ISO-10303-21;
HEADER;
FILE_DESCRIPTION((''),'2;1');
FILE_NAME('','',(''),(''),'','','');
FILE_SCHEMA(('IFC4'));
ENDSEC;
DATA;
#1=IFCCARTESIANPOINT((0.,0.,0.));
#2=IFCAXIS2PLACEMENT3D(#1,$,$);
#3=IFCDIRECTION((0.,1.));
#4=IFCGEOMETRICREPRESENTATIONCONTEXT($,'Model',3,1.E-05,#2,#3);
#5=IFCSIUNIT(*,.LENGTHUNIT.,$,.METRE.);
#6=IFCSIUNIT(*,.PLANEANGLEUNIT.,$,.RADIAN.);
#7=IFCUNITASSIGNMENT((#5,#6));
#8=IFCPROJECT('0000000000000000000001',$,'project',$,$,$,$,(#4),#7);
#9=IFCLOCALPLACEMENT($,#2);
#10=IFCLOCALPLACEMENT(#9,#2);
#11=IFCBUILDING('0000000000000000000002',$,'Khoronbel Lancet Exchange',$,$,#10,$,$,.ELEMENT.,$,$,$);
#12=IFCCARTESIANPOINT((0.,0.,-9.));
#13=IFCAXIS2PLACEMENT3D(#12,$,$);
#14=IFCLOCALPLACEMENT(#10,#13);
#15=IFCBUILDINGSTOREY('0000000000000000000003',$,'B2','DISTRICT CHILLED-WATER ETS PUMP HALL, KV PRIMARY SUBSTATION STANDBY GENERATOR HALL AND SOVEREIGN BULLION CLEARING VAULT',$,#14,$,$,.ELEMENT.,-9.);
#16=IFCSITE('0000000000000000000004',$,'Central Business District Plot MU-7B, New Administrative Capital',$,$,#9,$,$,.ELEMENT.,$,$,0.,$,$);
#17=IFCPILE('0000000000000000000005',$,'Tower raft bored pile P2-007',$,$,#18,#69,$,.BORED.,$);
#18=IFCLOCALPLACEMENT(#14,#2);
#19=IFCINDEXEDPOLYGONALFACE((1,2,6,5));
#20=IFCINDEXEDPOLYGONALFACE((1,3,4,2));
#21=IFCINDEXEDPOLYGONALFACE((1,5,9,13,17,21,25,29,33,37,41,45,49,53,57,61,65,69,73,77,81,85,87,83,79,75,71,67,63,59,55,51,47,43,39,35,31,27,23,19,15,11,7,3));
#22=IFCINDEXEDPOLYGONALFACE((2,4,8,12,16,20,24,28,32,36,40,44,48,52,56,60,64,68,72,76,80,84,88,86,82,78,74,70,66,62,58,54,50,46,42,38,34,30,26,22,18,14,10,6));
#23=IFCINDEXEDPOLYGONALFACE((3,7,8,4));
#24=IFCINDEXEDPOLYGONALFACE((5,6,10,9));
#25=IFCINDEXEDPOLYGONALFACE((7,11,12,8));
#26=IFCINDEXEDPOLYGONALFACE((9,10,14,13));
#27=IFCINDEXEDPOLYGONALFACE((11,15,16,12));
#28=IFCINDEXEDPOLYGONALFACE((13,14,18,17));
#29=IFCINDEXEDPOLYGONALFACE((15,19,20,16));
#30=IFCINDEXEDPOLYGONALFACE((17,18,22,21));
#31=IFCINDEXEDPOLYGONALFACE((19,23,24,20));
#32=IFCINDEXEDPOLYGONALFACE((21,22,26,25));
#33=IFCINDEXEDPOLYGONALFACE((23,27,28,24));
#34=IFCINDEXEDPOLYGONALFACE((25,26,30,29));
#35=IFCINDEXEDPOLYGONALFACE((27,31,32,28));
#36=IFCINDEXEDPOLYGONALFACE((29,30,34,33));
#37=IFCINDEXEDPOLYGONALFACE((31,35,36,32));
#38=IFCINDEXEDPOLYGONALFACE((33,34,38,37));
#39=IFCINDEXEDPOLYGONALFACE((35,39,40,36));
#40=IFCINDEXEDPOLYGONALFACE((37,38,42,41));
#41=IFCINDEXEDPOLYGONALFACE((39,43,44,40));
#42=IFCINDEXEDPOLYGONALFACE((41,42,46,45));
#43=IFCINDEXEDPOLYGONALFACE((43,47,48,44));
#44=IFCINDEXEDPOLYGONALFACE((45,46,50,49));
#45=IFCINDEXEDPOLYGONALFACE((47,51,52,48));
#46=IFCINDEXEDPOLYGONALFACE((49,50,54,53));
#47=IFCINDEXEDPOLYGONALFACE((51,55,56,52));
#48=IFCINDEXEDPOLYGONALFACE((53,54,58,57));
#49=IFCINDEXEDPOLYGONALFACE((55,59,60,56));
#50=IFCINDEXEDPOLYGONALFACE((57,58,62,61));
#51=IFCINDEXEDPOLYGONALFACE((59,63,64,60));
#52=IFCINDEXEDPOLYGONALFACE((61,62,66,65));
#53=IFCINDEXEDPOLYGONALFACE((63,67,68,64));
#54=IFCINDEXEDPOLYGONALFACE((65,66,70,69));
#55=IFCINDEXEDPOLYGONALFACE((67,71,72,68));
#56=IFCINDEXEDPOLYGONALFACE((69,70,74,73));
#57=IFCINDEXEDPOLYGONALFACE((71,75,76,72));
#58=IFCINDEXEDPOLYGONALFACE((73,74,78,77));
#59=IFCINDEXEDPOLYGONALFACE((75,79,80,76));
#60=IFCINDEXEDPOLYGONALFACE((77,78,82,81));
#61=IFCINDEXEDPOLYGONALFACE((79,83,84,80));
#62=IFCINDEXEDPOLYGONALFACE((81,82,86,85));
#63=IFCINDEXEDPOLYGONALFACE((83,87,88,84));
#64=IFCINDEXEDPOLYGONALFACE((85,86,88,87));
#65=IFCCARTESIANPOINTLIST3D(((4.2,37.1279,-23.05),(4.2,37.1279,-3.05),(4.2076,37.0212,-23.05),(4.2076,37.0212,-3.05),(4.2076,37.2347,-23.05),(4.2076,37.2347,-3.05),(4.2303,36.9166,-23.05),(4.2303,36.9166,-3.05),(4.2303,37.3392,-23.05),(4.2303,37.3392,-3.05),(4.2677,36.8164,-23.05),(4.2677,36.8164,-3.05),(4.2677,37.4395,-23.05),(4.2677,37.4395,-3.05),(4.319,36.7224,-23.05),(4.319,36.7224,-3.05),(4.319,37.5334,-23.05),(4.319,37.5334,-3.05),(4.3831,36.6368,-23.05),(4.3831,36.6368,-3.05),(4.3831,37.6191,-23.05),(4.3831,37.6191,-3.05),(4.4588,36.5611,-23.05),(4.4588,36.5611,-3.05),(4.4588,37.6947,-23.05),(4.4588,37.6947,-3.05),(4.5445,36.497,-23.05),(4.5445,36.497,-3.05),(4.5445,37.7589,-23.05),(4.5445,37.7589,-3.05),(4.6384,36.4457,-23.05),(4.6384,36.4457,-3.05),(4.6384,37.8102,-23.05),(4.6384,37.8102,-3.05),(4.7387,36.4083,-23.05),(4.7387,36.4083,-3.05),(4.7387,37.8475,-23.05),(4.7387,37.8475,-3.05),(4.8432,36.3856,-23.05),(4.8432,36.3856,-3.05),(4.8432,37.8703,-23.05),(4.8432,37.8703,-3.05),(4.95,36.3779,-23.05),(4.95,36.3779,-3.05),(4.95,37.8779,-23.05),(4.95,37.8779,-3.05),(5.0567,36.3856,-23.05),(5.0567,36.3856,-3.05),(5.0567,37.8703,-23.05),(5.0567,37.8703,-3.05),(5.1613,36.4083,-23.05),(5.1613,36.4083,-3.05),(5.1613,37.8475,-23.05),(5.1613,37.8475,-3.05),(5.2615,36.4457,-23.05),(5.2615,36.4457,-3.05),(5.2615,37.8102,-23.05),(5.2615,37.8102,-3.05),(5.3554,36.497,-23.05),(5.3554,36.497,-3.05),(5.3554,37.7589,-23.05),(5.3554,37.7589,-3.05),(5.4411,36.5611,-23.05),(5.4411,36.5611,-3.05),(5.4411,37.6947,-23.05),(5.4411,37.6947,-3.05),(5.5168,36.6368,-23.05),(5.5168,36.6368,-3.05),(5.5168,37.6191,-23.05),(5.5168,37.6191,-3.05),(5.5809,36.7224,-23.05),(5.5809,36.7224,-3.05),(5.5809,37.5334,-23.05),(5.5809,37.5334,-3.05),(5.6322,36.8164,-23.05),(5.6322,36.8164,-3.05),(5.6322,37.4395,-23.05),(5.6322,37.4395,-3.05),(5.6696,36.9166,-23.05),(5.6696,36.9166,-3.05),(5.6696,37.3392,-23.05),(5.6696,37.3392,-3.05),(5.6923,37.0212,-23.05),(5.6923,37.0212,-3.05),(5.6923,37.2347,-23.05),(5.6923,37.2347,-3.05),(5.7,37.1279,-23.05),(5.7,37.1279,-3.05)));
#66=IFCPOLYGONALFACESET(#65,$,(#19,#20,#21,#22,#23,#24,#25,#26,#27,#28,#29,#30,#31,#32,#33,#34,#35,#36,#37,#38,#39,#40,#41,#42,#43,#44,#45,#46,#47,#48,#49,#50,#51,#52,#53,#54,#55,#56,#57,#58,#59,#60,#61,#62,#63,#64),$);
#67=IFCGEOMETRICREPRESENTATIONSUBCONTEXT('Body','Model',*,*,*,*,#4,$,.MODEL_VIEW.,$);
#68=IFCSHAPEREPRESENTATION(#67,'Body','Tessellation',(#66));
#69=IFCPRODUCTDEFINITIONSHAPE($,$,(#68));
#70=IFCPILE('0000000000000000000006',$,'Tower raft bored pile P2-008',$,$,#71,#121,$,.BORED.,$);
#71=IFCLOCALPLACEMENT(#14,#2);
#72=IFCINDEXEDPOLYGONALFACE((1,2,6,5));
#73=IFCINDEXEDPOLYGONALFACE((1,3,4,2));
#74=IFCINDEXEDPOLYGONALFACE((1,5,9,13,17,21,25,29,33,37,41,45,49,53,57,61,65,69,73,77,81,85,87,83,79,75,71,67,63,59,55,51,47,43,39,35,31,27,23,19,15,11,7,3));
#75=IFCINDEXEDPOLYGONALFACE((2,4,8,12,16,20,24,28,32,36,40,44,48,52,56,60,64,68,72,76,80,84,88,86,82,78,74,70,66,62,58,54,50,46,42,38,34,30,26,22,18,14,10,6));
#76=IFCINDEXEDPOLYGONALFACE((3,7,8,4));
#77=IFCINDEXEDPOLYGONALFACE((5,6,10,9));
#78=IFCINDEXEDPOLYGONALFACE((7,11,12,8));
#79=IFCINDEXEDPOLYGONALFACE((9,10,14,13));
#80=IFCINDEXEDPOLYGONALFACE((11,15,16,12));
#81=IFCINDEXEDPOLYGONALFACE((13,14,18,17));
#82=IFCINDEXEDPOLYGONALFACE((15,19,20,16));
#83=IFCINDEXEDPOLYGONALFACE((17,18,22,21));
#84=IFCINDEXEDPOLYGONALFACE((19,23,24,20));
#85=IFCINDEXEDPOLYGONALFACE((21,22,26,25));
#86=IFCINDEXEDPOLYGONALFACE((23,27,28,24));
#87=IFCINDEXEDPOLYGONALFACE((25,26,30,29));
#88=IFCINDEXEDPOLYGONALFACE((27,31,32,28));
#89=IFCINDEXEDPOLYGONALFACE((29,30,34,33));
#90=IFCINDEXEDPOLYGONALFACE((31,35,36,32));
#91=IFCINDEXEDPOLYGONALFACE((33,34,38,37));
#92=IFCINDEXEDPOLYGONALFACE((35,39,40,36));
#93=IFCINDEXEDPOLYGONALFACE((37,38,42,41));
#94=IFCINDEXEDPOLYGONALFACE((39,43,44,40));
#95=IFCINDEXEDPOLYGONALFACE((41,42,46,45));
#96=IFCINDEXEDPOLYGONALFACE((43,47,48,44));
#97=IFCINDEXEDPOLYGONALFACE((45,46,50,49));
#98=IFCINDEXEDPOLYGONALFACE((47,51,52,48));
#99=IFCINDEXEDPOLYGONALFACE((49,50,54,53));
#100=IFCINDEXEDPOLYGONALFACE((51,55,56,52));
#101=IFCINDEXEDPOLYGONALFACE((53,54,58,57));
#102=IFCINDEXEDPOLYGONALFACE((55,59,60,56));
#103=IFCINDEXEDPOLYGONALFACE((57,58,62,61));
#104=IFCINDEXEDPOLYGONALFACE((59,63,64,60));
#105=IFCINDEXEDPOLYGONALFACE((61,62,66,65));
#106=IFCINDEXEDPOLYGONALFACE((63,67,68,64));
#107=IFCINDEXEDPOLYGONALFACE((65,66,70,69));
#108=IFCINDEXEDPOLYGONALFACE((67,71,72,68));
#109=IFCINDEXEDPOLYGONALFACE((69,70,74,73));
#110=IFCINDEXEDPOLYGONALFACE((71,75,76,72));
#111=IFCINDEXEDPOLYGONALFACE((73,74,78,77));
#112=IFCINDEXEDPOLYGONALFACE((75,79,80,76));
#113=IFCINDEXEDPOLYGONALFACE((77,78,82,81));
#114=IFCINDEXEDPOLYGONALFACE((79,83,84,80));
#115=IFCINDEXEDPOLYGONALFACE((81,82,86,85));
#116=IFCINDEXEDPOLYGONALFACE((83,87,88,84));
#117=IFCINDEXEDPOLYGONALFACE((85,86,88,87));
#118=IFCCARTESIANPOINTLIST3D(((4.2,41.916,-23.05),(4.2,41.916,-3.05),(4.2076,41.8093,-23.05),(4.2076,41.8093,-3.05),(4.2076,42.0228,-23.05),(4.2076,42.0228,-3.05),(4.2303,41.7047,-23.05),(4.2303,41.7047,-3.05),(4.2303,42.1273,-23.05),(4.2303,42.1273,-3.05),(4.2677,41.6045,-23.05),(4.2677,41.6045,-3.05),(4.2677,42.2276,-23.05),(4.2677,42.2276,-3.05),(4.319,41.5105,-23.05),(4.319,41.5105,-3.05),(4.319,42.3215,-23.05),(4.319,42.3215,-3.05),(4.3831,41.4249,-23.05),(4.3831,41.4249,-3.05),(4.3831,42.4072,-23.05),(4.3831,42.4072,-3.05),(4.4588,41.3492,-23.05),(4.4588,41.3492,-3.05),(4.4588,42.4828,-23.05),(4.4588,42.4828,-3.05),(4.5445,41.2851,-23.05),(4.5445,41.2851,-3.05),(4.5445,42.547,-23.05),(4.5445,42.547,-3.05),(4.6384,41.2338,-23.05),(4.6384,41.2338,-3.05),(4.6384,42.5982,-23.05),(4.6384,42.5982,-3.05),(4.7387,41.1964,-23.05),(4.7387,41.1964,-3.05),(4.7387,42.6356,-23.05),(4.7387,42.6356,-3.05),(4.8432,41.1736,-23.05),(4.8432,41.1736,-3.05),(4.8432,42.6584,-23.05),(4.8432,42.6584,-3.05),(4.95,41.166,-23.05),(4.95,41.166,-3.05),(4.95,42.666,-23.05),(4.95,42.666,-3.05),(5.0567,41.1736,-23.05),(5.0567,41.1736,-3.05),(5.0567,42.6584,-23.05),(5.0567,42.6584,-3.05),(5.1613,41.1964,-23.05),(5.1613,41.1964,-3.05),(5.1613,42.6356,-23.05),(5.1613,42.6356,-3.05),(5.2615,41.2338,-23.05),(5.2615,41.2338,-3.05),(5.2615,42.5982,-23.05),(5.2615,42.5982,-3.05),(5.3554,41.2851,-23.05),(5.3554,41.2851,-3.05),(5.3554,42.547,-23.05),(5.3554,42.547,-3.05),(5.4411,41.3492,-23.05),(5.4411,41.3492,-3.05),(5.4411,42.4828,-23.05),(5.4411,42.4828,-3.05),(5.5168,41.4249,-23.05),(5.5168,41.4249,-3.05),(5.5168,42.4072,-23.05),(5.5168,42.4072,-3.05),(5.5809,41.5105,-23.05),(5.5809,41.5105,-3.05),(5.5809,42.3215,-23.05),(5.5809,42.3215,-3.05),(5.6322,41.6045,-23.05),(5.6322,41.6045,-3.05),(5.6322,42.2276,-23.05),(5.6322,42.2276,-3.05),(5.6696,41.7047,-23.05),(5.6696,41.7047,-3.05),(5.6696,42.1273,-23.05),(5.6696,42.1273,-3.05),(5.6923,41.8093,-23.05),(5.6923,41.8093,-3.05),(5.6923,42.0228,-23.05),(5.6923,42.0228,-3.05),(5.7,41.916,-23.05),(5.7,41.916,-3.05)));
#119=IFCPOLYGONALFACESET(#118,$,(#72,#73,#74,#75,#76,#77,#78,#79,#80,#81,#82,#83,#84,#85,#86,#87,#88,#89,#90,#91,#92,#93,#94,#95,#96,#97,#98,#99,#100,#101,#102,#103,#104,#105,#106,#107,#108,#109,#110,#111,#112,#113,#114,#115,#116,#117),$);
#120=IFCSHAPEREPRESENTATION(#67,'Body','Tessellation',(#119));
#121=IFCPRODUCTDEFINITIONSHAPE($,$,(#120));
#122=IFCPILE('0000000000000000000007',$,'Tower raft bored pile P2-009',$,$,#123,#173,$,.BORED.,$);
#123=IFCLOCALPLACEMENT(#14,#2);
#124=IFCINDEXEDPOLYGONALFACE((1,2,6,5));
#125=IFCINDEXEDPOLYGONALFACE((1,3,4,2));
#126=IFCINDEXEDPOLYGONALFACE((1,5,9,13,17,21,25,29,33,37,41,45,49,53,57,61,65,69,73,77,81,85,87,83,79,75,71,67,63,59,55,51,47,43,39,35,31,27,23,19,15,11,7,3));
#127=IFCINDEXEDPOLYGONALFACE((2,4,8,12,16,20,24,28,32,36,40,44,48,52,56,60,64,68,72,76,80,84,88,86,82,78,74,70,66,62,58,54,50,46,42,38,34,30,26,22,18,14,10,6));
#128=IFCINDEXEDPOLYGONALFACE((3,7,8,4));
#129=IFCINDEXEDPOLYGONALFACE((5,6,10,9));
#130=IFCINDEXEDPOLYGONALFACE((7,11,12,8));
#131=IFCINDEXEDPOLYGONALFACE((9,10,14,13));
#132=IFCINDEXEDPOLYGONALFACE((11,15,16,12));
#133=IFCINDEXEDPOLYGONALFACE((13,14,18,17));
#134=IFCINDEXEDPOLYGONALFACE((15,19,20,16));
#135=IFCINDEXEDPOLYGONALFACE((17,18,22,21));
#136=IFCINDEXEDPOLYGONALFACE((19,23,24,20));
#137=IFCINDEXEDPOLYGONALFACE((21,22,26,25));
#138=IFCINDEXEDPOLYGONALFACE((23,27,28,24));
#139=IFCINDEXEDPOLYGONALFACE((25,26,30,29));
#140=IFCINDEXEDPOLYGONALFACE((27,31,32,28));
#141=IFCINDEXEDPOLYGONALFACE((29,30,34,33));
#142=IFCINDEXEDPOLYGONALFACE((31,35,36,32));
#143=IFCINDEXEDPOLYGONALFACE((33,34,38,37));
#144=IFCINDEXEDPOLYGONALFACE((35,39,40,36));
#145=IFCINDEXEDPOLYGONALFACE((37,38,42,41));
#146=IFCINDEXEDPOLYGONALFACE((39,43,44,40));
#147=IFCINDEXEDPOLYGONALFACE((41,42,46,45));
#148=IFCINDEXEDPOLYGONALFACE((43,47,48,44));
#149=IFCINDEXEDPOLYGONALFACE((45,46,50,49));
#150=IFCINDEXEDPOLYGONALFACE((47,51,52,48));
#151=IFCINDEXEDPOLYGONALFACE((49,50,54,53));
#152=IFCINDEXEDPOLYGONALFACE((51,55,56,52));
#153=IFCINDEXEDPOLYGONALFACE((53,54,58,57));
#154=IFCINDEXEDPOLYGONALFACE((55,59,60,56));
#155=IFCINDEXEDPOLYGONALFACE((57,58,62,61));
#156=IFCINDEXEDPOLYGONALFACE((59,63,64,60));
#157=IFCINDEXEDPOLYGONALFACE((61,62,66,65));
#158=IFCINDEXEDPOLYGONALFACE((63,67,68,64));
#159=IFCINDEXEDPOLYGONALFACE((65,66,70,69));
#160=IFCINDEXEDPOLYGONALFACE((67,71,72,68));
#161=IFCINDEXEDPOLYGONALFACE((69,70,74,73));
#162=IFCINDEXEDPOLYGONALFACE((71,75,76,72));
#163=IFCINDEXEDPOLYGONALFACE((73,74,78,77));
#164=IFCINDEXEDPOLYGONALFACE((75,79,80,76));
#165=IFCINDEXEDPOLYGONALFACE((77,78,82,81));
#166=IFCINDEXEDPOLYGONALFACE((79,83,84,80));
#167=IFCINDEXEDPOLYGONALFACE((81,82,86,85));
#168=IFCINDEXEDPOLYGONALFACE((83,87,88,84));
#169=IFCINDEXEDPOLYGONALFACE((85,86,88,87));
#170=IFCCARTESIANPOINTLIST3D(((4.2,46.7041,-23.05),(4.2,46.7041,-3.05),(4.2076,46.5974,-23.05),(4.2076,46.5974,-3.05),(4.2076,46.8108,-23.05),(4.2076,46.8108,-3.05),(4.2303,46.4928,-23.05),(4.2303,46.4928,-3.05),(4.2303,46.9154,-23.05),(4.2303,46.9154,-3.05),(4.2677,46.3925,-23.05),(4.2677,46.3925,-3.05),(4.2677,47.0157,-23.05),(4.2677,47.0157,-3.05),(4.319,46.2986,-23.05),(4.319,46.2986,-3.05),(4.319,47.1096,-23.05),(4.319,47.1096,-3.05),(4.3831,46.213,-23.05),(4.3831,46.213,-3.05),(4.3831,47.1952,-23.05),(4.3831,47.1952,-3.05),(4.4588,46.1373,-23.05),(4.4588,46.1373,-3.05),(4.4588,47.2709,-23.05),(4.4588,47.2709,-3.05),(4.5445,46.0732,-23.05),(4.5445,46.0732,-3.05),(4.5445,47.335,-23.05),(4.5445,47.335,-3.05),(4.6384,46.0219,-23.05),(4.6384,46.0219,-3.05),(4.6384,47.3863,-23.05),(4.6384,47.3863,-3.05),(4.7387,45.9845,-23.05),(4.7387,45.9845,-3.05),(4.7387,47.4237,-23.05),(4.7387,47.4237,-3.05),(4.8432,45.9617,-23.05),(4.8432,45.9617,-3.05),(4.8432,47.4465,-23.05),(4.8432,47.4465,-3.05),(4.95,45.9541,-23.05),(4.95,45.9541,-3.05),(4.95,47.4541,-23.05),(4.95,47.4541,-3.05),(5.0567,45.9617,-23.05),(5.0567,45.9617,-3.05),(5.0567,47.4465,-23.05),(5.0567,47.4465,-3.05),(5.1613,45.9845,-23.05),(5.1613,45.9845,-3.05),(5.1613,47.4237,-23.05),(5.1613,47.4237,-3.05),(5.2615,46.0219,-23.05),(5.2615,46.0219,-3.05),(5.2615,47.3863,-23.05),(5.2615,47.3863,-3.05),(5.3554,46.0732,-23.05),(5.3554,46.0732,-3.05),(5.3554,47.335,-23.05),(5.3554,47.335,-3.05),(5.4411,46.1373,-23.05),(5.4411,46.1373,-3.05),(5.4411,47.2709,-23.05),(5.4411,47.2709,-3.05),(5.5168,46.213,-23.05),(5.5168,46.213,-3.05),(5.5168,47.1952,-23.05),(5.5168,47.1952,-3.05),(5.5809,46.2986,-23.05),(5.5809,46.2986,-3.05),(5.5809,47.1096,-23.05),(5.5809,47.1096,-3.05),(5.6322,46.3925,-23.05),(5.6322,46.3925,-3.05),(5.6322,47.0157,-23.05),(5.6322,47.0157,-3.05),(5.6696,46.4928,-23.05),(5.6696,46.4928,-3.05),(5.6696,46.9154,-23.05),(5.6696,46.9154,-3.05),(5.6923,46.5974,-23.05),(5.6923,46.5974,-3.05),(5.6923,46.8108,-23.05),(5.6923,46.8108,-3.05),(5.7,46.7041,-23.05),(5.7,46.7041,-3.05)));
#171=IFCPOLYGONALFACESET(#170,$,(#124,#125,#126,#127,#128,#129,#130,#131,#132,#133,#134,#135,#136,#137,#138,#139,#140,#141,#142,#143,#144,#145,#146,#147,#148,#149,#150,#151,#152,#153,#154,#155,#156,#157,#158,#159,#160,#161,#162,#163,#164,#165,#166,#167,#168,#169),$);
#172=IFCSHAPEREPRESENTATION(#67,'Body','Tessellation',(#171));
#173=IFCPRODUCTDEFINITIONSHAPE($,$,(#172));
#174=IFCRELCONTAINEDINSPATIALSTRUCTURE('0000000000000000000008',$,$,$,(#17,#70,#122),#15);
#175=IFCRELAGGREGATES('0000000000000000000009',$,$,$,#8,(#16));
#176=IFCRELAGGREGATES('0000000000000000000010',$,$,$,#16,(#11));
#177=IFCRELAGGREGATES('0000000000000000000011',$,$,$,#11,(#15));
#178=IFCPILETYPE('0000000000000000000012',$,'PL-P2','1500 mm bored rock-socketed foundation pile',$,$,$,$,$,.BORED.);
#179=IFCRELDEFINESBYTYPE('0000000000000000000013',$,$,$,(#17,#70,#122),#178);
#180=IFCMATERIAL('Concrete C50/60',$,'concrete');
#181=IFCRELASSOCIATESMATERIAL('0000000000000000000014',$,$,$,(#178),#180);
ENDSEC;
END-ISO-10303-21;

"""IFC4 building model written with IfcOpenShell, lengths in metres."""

from ifc_helpers import new_model, si_unit, direction, frame, origin, origin_2d, place, context, subcontext, project, spatial, circle, extrude, material, material_profile, profile_set, type_object, element, save


model = new_model("IFC4")

# Units and contexts
model_context = context("Model", 3, precision=1e-05, world=origin(), true_north=direction((0.0, 1.0)))
body_context = subcontext(model_context, "Body", "Model", "MODEL_VIEW")
ifc_project = project(units=[si_unit("LENGTHUNIT", "METRE"), si_unit("PLANEANGLEUNIT", "RADIAN")], contexts=[model_context])

# Site, building, storey
site_placement = place(None, origin())
site = spatial("IfcSite", under=ifc_project, at=site_placement, Name="Central Business District Plot MU-7B, New Administrative Capital", CompositionType="ELEMENT", RefElevation=0.0)
building_placement = place(site_placement, origin())
building = spatial("IfcBuilding", under=site, at=building_placement, Name="Khoronbel Lancet Exchange", CompositionType="ELEMENT")
storey_placement = place(building_placement, frame((0.0, 0.0, -9.0)))
storey = spatial("IfcBuildingStorey", under=building, at=storey_placement, Name="B2", Description="DISTRICT CHILLED-WATER ETS PUMP HALL, KV PRIMARY SUBSTATION STANDBY GENERATOR HALL AND SOVEREIGN BULLION CLEARING VAULT", CompositionType="ELEMENT", Elevation=-9.0)

# Piles
ifc_material_1 = material(Name="Concrete C50/60", Category="concrete")
ifc_material_profile_1 = material_profile(ifc_material_1, circle(Radius=0.75, at=origin_2d()), Name="BORED PILE D1500")
ifc_profile_set_1 = profile_set([ifc_material_profile_1], Name="Concrete C50/60")
pile_type = type_object("IfcPileType", Name="PL-P2", Description="1500 mm bored rock-socketed foundation pile", PredefinedType="BORED", material=ifc_profile_set_1)
for number, where, z_axis, x_axis, name in (
    (1, (4.95, 37.1279, -3.05), (0.0, 0.0, -1.0), (1.0, 0.0, 0.0), "Tower raft bored pile P2-007"),
    (2, (4.95, 41.916, -3.05), (0.0, 0.0, -1.0), (1.0, 0.0, 0.0), "Tower raft bored pile P2-008"),
    (3, (4.95, 46.7041, -3.05), (0.0, 0.0, -1.0), (1.0, 0.0, 0.0), "Tower raft bored pile P2-009"),
):
    element("IfcPile", number, at=place(storey_placement, frame(where, z_axis=z_axis, x_axis=x_axis)), inside=storey, type_object=pile_type, Name=name, PredefinedType="BORED", context=body_context, shape_type="SweptSolid", body=[
        extrude(circle(Radius=0.75, at=origin_2d()), origin(), (0.0, 0.0, 1.0), 20.0),
    ])

save(model, "model.ifc")
